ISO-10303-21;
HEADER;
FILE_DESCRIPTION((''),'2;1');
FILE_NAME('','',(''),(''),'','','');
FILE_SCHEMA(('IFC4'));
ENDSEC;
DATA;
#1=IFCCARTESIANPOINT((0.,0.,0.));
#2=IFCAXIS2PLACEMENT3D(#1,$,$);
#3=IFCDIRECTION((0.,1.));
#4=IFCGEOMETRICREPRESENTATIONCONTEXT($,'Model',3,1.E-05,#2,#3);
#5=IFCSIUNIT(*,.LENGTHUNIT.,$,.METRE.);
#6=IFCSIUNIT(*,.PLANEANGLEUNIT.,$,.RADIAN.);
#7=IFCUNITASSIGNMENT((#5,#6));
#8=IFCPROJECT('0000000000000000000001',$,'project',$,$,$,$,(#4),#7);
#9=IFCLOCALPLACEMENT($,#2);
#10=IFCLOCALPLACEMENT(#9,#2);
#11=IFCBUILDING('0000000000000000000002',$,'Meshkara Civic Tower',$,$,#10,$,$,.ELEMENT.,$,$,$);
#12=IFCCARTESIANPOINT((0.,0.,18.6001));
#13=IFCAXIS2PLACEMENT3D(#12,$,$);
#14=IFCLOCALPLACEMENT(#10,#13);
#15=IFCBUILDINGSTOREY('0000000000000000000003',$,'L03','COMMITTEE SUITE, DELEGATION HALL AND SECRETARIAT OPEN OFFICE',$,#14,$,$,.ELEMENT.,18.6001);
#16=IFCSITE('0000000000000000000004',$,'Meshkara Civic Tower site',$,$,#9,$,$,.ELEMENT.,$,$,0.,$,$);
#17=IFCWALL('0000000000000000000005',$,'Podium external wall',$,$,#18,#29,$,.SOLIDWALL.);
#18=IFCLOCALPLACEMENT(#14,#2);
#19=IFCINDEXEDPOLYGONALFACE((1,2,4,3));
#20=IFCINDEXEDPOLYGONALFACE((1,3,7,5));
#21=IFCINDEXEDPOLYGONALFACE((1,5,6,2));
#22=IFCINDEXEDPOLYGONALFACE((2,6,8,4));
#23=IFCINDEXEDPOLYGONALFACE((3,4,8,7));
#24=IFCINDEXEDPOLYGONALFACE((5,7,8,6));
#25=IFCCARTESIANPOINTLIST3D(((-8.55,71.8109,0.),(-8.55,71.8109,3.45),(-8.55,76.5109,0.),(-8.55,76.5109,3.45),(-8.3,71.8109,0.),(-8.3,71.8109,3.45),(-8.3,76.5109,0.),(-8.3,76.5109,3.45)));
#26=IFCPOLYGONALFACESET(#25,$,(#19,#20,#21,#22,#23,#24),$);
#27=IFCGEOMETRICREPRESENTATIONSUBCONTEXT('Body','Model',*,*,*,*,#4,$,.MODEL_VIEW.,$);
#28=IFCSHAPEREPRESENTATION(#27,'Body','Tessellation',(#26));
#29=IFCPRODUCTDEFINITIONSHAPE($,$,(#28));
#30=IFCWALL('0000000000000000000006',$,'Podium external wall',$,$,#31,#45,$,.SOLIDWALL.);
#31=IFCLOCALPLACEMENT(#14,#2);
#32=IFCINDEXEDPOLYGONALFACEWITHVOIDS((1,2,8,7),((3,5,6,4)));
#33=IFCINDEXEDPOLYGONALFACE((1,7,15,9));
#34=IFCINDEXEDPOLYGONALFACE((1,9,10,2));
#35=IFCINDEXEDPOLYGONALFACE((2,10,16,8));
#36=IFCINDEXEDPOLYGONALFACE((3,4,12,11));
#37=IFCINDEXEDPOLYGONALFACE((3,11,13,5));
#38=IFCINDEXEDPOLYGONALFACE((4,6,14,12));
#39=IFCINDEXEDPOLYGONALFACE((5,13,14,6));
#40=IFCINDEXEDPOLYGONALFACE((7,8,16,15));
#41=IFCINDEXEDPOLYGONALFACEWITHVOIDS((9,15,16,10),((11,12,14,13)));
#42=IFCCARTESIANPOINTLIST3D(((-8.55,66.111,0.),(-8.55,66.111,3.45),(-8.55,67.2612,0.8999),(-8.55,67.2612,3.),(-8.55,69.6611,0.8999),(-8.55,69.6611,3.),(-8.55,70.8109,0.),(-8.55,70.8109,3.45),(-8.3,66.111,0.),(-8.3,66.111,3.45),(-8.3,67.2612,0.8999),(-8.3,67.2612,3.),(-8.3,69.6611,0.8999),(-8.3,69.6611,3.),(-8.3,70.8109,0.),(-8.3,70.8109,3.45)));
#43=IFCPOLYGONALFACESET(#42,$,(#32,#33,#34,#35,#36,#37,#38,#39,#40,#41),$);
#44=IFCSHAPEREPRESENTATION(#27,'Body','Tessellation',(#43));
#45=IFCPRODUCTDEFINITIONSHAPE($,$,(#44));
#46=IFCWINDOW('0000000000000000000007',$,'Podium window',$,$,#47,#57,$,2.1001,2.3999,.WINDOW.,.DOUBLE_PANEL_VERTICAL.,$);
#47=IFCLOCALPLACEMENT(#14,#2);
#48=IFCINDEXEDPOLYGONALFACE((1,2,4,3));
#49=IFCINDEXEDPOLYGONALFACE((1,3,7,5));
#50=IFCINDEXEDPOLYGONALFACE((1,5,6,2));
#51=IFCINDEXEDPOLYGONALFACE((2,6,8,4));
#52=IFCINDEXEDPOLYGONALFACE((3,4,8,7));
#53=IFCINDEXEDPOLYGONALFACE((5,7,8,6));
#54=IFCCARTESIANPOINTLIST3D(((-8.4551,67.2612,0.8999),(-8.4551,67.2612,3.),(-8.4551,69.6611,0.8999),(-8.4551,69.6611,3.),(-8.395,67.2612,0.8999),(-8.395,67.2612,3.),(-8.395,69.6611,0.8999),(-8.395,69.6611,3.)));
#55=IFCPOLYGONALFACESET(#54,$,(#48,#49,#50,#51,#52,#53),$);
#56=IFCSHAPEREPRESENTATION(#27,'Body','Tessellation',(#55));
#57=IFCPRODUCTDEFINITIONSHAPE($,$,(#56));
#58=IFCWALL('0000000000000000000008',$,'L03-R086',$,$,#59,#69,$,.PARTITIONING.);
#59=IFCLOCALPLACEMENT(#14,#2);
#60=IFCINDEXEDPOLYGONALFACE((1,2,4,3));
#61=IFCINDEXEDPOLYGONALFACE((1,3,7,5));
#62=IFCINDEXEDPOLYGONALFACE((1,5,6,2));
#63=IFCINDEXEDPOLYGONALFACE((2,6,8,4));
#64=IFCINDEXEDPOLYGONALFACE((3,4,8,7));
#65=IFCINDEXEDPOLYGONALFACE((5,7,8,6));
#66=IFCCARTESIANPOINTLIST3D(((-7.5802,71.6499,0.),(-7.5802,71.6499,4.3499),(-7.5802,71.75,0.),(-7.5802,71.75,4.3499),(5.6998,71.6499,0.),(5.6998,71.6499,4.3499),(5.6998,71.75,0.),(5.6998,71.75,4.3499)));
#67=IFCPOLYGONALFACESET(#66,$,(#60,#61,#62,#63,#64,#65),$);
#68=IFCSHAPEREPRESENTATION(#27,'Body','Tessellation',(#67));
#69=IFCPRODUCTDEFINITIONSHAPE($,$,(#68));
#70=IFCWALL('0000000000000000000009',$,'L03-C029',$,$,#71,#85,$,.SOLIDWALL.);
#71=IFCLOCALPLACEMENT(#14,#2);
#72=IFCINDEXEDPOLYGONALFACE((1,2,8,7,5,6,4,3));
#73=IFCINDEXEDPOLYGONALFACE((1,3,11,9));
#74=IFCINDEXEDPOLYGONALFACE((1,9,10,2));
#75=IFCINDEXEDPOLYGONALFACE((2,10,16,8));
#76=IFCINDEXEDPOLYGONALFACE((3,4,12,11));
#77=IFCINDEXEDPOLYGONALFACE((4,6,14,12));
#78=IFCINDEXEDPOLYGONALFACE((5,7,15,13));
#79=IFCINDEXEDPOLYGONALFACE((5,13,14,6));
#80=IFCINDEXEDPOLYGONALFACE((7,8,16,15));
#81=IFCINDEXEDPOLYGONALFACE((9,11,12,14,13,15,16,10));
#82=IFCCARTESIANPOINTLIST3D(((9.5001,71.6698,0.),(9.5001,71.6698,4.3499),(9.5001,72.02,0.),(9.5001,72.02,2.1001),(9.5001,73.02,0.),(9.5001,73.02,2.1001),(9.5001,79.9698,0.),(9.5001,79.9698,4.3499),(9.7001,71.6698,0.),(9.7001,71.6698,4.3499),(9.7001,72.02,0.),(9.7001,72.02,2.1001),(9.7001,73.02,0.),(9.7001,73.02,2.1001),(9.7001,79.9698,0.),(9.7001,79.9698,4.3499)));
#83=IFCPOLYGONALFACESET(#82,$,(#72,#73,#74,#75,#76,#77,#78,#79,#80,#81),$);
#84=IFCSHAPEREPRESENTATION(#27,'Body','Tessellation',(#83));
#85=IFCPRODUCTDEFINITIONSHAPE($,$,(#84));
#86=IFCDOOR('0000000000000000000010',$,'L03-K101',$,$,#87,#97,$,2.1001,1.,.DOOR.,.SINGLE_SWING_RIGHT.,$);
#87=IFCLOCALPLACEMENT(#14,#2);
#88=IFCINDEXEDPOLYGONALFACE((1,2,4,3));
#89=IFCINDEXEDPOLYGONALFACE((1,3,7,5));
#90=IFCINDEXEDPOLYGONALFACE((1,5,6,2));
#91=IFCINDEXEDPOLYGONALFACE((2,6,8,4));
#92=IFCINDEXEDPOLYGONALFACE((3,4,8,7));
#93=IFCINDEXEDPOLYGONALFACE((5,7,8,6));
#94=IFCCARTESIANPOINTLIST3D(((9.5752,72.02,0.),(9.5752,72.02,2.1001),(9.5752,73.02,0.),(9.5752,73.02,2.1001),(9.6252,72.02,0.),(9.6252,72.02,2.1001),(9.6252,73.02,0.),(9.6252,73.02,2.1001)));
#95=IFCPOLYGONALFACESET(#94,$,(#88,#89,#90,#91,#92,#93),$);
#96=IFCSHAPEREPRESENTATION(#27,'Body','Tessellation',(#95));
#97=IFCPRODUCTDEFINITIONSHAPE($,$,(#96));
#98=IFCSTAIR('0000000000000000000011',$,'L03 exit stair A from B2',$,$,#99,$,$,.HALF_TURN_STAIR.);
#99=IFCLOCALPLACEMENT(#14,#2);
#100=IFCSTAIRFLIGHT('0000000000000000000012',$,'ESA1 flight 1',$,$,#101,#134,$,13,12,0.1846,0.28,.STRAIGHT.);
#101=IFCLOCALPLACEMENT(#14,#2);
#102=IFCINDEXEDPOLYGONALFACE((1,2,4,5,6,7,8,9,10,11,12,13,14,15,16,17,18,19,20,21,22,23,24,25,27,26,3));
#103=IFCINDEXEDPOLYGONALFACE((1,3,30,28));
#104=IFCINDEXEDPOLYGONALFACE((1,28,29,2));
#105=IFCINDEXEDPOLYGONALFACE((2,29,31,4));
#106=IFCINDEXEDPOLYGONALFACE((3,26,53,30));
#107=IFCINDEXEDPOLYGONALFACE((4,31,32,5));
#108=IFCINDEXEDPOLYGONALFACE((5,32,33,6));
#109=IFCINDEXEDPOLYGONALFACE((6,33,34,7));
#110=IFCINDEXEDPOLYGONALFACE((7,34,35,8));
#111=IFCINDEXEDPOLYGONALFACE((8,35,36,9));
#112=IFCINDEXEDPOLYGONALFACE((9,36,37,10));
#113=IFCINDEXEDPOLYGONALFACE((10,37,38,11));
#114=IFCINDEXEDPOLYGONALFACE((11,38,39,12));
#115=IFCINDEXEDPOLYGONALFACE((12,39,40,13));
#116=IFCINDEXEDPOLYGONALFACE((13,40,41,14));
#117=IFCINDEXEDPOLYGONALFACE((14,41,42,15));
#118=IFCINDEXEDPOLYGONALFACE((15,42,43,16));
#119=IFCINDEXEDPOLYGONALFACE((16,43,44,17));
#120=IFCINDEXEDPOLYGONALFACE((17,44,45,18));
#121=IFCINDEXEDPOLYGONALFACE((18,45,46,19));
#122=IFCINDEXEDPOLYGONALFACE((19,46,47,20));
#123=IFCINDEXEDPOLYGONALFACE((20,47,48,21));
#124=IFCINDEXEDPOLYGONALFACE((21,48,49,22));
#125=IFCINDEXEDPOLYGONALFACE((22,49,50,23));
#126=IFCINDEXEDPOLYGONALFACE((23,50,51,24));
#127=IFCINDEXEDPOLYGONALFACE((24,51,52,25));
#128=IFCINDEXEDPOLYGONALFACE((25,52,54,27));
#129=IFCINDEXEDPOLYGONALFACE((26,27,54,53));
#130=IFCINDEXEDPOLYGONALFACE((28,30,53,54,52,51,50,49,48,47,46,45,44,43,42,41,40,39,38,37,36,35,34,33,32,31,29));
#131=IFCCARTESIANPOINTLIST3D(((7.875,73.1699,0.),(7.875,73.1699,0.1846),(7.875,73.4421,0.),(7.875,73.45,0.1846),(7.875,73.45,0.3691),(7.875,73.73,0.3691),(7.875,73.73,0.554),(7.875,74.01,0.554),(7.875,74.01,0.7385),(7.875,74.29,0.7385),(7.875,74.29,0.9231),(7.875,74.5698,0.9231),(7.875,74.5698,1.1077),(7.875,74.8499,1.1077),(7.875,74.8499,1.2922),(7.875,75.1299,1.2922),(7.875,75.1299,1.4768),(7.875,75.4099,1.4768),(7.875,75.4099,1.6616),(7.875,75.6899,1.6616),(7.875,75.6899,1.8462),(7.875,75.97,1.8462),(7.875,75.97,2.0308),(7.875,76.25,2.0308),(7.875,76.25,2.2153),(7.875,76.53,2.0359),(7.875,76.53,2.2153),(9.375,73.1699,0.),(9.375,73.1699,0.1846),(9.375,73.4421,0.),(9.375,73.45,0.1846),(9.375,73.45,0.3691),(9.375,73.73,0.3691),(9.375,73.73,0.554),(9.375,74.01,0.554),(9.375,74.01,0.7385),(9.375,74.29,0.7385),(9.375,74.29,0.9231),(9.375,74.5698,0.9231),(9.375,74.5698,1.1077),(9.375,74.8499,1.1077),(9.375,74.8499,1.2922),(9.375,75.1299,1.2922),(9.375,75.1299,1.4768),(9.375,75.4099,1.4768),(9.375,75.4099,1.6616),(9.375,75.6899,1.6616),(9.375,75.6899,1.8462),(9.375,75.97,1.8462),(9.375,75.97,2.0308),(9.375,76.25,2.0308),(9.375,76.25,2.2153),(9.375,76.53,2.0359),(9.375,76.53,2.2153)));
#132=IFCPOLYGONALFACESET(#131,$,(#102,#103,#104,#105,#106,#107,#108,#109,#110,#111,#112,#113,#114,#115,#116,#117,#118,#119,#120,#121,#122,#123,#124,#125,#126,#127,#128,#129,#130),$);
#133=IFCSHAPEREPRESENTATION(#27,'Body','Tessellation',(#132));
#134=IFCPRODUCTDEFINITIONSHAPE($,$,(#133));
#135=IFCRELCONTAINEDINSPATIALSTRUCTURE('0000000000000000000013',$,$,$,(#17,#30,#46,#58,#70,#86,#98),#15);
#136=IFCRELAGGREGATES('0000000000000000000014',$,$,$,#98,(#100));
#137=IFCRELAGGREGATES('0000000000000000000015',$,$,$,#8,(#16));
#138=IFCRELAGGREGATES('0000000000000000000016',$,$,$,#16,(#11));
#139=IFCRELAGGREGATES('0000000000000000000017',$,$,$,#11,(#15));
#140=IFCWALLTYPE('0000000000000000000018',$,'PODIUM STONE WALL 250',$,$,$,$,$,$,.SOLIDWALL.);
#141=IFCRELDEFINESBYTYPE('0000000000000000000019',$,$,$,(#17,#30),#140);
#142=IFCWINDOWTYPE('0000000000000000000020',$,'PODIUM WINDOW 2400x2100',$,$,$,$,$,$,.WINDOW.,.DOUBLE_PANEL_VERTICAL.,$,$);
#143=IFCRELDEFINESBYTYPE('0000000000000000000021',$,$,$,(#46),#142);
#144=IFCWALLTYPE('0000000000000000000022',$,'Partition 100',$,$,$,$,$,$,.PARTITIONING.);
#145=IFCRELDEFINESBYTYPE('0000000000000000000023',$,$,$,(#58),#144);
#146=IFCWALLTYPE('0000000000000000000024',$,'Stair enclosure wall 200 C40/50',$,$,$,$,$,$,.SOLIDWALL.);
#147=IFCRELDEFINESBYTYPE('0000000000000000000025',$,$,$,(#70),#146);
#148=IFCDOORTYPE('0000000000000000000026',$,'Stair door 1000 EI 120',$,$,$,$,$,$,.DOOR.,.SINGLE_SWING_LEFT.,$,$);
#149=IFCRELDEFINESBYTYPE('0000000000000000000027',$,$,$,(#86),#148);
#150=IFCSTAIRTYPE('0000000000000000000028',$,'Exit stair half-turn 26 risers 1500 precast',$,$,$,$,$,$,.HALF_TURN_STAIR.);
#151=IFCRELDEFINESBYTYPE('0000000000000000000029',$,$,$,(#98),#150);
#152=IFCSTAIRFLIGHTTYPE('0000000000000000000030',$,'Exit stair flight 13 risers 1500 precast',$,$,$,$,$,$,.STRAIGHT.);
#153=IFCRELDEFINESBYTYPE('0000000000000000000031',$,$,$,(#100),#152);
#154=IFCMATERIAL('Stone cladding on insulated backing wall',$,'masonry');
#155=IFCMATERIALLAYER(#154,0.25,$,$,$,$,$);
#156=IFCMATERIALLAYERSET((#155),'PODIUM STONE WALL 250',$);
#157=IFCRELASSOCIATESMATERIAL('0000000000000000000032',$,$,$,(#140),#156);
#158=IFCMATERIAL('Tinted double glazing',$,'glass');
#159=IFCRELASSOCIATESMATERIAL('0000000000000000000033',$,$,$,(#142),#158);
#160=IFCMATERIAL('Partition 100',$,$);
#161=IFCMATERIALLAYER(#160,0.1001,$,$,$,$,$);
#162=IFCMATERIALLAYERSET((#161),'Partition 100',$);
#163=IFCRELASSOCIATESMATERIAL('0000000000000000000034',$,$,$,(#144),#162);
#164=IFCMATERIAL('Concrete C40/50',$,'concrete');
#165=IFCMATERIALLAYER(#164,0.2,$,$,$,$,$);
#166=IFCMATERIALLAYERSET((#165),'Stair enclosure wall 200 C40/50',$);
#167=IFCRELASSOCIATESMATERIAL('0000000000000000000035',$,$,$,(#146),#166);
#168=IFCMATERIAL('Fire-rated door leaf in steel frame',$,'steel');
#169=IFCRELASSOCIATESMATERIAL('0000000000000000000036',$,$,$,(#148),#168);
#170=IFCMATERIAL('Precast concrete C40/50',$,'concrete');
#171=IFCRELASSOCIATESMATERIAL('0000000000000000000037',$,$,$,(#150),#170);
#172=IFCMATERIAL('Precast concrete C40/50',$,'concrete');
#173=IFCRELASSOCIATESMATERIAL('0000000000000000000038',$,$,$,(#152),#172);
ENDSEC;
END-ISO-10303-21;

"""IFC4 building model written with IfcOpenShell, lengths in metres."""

from ifc_helpers import new_model, si_unit, direction, frame, frame_2d, origin, place, context, subcontext, project, spatial, polyline, rectangle, outline, extrude, material, layer, layer_set, type_object, element, fill, aggregate, save


model = new_model("IFC4")

# Units and contexts
model_context = context("Model", 3, precision=1e-05, world=origin(), true_north=direction((0.0, 1.0)))
body_context = subcontext(model_context, "Body", "Model", "MODEL_VIEW")
ifc_project = project(units=[si_unit("LENGTHUNIT", "METRE"), si_unit("PLANEANGLEUNIT", "RADIAN")], contexts=[model_context])

# Site, building, storey
site_placement = place(None, origin())
site = spatial("IfcSite", under=ifc_project, at=site_placement, Name="Meshkara Civic Tower site", CompositionType="ELEMENT", RefElevation=0.0)
building_placement = place(site_placement, origin())
building = spatial("IfcBuilding", under=site, at=building_placement, Name="Meshkara Civic Tower", CompositionType="ELEMENT")
storey_placement = place(building_placement, frame((0.0, 0.0, 18.6001)))
storey = spatial("IfcBuildingStorey", under=building, at=storey_placement, Name="L03", Description="COMMITTEE SUITE, DELEGATION HALL AND SECRETARIAT OPEN OFFICE", CompositionType="ELEMENT", Elevation=18.6001)

# Wall
ifc_material_1 = material(Name="Stone cladding on insulated backing wall", Category="masonry")
ifc_layer_1 = layer(ifc_material_1, 0.25)
ifc_layer_set_1 = layer_set([ifc_layer_1], Name="PODIUM STONE WALL 250")
wall_type_1 = type_object("IfcWallType", Name="PODIUM STONE WALL 250", PredefinedType="SOLIDWALL", material=ifc_layer_set_1)
wall_1_placement = place(storey_placement, frame((-8.425, 76.511, 0.0), z_axis=(0.0, 0.0, 1.0), x_axis=(0.0, -1.0, 0.0)))
element("IfcWall", 1, at=wall_1_placement, inside=storey, type_object=wall_type_1, Name="Podium external wall", PredefinedType="SOLIDWALL", context=body_context, shape_type="SweptSolid", body=[
    extrude(rectangle(XDim=4.7, YDim=0.25, at=frame_2d((2.3501, 0.0))), origin(), (0.0, 0.0, 1.0), 3.45),
])

# Wall, opening, window
wall_2_placement = place(storey_placement, frame((-8.425, 70.811, 0.0), z_axis=(0.0, 0.0, 1.0), x_axis=(0.0, -1.0, 0.0)))
wall_2 = element("IfcWall", 2, at=wall_2_placement, inside=storey, type_object=wall_type_1, Name="Podium external wall", PredefinedType="SOLIDWALL", context=body_context, shape_type="SweptSolid", body=[
    extrude(rectangle(XDim=4.7, YDim=0.25, at=frame_2d((2.3501, 0.0))), origin(), (0.0, 0.0, 1.0), 3.45),
])
opening_1_placement = place(wall_2_placement, frame((1.1499, 0.0, 0.8999)))
opening_1 = element("IfcOpeningElement", 3, at=opening_1_placement, cuts=wall_2, PredefinedType="OPENING", context=body_context, shape_type="SweptSolid", body=[
    extrude(rectangle(XDim=2.3999, YDim=2.1001, at=frame_2d((1.2, 1.05))), frame((0.0, 0.135, 0.0), z_axis=(0.0, -1.0, 0.0), x_axis=(1.0, 0.0, 0.0)), (0.0, 0.0, 1.0), 0.27),
])
ifc_material_2 = material(Name="Tinted double glazing", Category="glass")
window_type = type_object("IfcWindowType", Name="PODIUM WINDOW 2400x2100", PartitioningType="DOUBLE_PANEL_VERTICAL", PredefinedType="WINDOW", material=ifc_material_2)
window_placement = place(opening_1_placement, origin())
window = element("IfcWindow", 4, at=window_placement, inside=storey, type_object=window_type, Name="Podium window", OverallHeight=2.1001, OverallWidth=2.3999, PartitioningType="DOUBLE_PANEL_VERTICAL", PredefinedType="WINDOW", context=body_context, shape_type="SweptSolid", body=[
    extrude(rectangle(XDim=2.3999, YDim=2.1001, at=frame_2d((1.2, 1.05))), frame((0.0, 0.03, 0.0), z_axis=(0.0, -1.0, 0.0), x_axis=(1.0, 0.0, 0.0)), (0.0, 0.0, 1.0), 0.0601),
])
fill(opening_1, window)

# Wall
ifc_material_3 = material(Name="Partition 100")
ifc_layer_2 = layer(ifc_material_3, 0.1001)
ifc_layer_set_2 = layer_set([ifc_layer_2], Name="Partition 100")
wall_type_2 = type_object("IfcWallType", Name="Partition 100", PredefinedType="PARTITIONING", material=ifc_layer_set_2)
wall_3_placement = place(storey_placement, frame((5.7, 71.7, 0.0), z_axis=(0.0, 0.0, 1.0), x_axis=(-1.0, 0.0, 0.0)))
element("IfcWall", 5, at=wall_3_placement, inside=storey, type_object=wall_type_2, Name="L03-R086", PredefinedType="PARTITIONING", context=body_context, shape_type="SweptSolid", body=[
    extrude(rectangle(XDim=13.28, YDim=0.1001, at=frame_2d((6.6401, 0.0))), origin(), (0.0, 0.0, 1.0), 4.3499),
])

# Wall, opening, door
ifc_material_4 = material(Name="Concrete C40/50", Category="concrete")
ifc_layer_3 = layer(ifc_material_4, 0.2)
ifc_layer_set_3 = layer_set([ifc_layer_3], Name="Stair enclosure wall 200 C40/50")
wall_type_3 = type_object("IfcWallType", Name="Stair enclosure wall 200 C40/50", PredefinedType="SOLIDWALL", material=ifc_layer_set_3)
wall_4_placement = place(storey_placement, frame((9.6001, 71.6699, 0.0), z_axis=(0.0, 0.0, 1.0), x_axis=(0.0, 1.0, 0.0)))
wall_4 = element("IfcWall", 6, at=wall_4_placement, inside=storey, type_object=wall_type_3, Name="L03-C029", PredefinedType="SOLIDWALL", context=body_context, shape_type="SweptSolid", body=[
    extrude(rectangle(XDim=8.3, YDim=0.2, at=frame_2d((4.1499, 0.0))), origin(), (0.0, 0.0, 1.0), 4.3499),
])
opening_2_placement = place(wall_4_placement, frame((0.3501, 0.0, 0.0)))
opening_2 = element("IfcOpeningElement", 7, at=opening_2_placement, cuts=wall_4, PredefinedType="OPENING", context=body_context, shape_type="SweptSolid", body=[
    extrude(rectangle(XDim=1.0, YDim=2.1001, at=frame_2d((0.5, 1.05))), frame((0.0, 0.1099, 0.0), z_axis=(0.0, -1.0, 0.0), x_axis=(1.0, 0.0, 0.0)), (0.0, 0.0, 1.0), 0.22),
])
ifc_material_5 = material(Name="Fire-rated door leaf in steel frame", Category="steel")
door_type_1 = type_object("IfcDoorType", Name="Stair door 1000 EI 120", OperationType="SINGLE_SWING_LEFT", PredefinedType="DOOR", material=ifc_material_5)
door_1_placement = place(opening_2_placement, origin())
door_1 = element("IfcDoor", 8, at=door_1_placement, inside=storey, type_object=door_type_1, Name="L03-K101", OperationType="SINGLE_SWING_RIGHT", OverallHeight=2.1001, OverallWidth=1.0, PredefinedType="DOOR", context=body_context, shape_type="SweptSolid", body=[
    extrude(rectangle(XDim=1.0, YDim=2.1001, at=frame_2d((0.5, 1.05))), frame((0.0, 0.0249, 0.0), z_axis=(0.0, -1.0, 0.0), x_axis=(1.0, 0.0, 0.0)), (0.0, 0.0, 1.0), 0.05),
])
fill(opening_2, door_1)

# Stair, stair flight
ifc_material_6 = material(Name="Precast concrete C40/50", Category="concrete")
stair_type = type_object("IfcStairType", Name="Exit stair half-turn 26 risers 1500 precast", PredefinedType="HALF_TURN_STAIR", material=ifc_material_6)
stair_placement = place(storey_placement, origin())
stair = element("IfcStair", 9, at=stair_placement, inside=storey, type_object=stair_type, Name="L03 exit stair A from B2", PredefinedType="HALF_TURN_STAIR")
ifc_material_7 = material(Name="Precast concrete C40/50", Category="concrete")
stair_flight_type = type_object("IfcStairFlightType", Name="Exit stair flight 13 risers 1500 precast", PredefinedType="STRAIGHT", material=ifc_material_7)
stair_flight_placement = place(storey_placement, frame((8.625, 73.1699, 0.0), z_axis=(0.0, 0.0, 1.0), x_axis=(0.0, 1.0, 0.0)))
stair_flight = element("IfcStairFlight", 10, at=stair_flight_placement, type_object=stair_flight_type, Name="ESA1 flight 1", NumberOfRisers=13, NumberOfTreads=12, PredefinedType="STRAIGHT", RiserHeight=0.1846, TreadLength=0.28, context=body_context, shape_type="SweptSolid", body=[
    extrude(outline(polyline([(0.0, 0.0), (0.0, 0.1846), (0.28, 0.1846), (0.28, 0.3691), (0.5601, 0.3691), (0.5601, 0.554), (0.8401, 0.554), (0.8401, 0.7385), (1.1201, 0.7385), (1.1201, 0.9231), (1.3999, 0.9231), (1.3999, 1.1077), (1.6799, 1.1077), (1.6799, 1.2922), (1.96, 1.2922), (1.96, 1.4768), (2.24, 1.4768), (2.24, 1.6616), (2.52, 1.6616), (2.52, 1.8462), (2.8, 1.8462), (2.8, 2.0308), (3.0801, 2.0308), (3.0801, 2.2153), (3.3601, 2.2153), (3.3601, 2.3999), (3.3601, 2.0359), (0.2722, 0.0), (0.0, 0.0)])), frame((0.0, 0.75, 0.0), z_axis=(0.0, -1.0, 0.0), x_axis=(1.0, 0.0, 0.0)), (0.0, 0.0, 1.0), 1.5),
])
aggregate(stair, [stair_flight])

save(model, "model.ifc")
